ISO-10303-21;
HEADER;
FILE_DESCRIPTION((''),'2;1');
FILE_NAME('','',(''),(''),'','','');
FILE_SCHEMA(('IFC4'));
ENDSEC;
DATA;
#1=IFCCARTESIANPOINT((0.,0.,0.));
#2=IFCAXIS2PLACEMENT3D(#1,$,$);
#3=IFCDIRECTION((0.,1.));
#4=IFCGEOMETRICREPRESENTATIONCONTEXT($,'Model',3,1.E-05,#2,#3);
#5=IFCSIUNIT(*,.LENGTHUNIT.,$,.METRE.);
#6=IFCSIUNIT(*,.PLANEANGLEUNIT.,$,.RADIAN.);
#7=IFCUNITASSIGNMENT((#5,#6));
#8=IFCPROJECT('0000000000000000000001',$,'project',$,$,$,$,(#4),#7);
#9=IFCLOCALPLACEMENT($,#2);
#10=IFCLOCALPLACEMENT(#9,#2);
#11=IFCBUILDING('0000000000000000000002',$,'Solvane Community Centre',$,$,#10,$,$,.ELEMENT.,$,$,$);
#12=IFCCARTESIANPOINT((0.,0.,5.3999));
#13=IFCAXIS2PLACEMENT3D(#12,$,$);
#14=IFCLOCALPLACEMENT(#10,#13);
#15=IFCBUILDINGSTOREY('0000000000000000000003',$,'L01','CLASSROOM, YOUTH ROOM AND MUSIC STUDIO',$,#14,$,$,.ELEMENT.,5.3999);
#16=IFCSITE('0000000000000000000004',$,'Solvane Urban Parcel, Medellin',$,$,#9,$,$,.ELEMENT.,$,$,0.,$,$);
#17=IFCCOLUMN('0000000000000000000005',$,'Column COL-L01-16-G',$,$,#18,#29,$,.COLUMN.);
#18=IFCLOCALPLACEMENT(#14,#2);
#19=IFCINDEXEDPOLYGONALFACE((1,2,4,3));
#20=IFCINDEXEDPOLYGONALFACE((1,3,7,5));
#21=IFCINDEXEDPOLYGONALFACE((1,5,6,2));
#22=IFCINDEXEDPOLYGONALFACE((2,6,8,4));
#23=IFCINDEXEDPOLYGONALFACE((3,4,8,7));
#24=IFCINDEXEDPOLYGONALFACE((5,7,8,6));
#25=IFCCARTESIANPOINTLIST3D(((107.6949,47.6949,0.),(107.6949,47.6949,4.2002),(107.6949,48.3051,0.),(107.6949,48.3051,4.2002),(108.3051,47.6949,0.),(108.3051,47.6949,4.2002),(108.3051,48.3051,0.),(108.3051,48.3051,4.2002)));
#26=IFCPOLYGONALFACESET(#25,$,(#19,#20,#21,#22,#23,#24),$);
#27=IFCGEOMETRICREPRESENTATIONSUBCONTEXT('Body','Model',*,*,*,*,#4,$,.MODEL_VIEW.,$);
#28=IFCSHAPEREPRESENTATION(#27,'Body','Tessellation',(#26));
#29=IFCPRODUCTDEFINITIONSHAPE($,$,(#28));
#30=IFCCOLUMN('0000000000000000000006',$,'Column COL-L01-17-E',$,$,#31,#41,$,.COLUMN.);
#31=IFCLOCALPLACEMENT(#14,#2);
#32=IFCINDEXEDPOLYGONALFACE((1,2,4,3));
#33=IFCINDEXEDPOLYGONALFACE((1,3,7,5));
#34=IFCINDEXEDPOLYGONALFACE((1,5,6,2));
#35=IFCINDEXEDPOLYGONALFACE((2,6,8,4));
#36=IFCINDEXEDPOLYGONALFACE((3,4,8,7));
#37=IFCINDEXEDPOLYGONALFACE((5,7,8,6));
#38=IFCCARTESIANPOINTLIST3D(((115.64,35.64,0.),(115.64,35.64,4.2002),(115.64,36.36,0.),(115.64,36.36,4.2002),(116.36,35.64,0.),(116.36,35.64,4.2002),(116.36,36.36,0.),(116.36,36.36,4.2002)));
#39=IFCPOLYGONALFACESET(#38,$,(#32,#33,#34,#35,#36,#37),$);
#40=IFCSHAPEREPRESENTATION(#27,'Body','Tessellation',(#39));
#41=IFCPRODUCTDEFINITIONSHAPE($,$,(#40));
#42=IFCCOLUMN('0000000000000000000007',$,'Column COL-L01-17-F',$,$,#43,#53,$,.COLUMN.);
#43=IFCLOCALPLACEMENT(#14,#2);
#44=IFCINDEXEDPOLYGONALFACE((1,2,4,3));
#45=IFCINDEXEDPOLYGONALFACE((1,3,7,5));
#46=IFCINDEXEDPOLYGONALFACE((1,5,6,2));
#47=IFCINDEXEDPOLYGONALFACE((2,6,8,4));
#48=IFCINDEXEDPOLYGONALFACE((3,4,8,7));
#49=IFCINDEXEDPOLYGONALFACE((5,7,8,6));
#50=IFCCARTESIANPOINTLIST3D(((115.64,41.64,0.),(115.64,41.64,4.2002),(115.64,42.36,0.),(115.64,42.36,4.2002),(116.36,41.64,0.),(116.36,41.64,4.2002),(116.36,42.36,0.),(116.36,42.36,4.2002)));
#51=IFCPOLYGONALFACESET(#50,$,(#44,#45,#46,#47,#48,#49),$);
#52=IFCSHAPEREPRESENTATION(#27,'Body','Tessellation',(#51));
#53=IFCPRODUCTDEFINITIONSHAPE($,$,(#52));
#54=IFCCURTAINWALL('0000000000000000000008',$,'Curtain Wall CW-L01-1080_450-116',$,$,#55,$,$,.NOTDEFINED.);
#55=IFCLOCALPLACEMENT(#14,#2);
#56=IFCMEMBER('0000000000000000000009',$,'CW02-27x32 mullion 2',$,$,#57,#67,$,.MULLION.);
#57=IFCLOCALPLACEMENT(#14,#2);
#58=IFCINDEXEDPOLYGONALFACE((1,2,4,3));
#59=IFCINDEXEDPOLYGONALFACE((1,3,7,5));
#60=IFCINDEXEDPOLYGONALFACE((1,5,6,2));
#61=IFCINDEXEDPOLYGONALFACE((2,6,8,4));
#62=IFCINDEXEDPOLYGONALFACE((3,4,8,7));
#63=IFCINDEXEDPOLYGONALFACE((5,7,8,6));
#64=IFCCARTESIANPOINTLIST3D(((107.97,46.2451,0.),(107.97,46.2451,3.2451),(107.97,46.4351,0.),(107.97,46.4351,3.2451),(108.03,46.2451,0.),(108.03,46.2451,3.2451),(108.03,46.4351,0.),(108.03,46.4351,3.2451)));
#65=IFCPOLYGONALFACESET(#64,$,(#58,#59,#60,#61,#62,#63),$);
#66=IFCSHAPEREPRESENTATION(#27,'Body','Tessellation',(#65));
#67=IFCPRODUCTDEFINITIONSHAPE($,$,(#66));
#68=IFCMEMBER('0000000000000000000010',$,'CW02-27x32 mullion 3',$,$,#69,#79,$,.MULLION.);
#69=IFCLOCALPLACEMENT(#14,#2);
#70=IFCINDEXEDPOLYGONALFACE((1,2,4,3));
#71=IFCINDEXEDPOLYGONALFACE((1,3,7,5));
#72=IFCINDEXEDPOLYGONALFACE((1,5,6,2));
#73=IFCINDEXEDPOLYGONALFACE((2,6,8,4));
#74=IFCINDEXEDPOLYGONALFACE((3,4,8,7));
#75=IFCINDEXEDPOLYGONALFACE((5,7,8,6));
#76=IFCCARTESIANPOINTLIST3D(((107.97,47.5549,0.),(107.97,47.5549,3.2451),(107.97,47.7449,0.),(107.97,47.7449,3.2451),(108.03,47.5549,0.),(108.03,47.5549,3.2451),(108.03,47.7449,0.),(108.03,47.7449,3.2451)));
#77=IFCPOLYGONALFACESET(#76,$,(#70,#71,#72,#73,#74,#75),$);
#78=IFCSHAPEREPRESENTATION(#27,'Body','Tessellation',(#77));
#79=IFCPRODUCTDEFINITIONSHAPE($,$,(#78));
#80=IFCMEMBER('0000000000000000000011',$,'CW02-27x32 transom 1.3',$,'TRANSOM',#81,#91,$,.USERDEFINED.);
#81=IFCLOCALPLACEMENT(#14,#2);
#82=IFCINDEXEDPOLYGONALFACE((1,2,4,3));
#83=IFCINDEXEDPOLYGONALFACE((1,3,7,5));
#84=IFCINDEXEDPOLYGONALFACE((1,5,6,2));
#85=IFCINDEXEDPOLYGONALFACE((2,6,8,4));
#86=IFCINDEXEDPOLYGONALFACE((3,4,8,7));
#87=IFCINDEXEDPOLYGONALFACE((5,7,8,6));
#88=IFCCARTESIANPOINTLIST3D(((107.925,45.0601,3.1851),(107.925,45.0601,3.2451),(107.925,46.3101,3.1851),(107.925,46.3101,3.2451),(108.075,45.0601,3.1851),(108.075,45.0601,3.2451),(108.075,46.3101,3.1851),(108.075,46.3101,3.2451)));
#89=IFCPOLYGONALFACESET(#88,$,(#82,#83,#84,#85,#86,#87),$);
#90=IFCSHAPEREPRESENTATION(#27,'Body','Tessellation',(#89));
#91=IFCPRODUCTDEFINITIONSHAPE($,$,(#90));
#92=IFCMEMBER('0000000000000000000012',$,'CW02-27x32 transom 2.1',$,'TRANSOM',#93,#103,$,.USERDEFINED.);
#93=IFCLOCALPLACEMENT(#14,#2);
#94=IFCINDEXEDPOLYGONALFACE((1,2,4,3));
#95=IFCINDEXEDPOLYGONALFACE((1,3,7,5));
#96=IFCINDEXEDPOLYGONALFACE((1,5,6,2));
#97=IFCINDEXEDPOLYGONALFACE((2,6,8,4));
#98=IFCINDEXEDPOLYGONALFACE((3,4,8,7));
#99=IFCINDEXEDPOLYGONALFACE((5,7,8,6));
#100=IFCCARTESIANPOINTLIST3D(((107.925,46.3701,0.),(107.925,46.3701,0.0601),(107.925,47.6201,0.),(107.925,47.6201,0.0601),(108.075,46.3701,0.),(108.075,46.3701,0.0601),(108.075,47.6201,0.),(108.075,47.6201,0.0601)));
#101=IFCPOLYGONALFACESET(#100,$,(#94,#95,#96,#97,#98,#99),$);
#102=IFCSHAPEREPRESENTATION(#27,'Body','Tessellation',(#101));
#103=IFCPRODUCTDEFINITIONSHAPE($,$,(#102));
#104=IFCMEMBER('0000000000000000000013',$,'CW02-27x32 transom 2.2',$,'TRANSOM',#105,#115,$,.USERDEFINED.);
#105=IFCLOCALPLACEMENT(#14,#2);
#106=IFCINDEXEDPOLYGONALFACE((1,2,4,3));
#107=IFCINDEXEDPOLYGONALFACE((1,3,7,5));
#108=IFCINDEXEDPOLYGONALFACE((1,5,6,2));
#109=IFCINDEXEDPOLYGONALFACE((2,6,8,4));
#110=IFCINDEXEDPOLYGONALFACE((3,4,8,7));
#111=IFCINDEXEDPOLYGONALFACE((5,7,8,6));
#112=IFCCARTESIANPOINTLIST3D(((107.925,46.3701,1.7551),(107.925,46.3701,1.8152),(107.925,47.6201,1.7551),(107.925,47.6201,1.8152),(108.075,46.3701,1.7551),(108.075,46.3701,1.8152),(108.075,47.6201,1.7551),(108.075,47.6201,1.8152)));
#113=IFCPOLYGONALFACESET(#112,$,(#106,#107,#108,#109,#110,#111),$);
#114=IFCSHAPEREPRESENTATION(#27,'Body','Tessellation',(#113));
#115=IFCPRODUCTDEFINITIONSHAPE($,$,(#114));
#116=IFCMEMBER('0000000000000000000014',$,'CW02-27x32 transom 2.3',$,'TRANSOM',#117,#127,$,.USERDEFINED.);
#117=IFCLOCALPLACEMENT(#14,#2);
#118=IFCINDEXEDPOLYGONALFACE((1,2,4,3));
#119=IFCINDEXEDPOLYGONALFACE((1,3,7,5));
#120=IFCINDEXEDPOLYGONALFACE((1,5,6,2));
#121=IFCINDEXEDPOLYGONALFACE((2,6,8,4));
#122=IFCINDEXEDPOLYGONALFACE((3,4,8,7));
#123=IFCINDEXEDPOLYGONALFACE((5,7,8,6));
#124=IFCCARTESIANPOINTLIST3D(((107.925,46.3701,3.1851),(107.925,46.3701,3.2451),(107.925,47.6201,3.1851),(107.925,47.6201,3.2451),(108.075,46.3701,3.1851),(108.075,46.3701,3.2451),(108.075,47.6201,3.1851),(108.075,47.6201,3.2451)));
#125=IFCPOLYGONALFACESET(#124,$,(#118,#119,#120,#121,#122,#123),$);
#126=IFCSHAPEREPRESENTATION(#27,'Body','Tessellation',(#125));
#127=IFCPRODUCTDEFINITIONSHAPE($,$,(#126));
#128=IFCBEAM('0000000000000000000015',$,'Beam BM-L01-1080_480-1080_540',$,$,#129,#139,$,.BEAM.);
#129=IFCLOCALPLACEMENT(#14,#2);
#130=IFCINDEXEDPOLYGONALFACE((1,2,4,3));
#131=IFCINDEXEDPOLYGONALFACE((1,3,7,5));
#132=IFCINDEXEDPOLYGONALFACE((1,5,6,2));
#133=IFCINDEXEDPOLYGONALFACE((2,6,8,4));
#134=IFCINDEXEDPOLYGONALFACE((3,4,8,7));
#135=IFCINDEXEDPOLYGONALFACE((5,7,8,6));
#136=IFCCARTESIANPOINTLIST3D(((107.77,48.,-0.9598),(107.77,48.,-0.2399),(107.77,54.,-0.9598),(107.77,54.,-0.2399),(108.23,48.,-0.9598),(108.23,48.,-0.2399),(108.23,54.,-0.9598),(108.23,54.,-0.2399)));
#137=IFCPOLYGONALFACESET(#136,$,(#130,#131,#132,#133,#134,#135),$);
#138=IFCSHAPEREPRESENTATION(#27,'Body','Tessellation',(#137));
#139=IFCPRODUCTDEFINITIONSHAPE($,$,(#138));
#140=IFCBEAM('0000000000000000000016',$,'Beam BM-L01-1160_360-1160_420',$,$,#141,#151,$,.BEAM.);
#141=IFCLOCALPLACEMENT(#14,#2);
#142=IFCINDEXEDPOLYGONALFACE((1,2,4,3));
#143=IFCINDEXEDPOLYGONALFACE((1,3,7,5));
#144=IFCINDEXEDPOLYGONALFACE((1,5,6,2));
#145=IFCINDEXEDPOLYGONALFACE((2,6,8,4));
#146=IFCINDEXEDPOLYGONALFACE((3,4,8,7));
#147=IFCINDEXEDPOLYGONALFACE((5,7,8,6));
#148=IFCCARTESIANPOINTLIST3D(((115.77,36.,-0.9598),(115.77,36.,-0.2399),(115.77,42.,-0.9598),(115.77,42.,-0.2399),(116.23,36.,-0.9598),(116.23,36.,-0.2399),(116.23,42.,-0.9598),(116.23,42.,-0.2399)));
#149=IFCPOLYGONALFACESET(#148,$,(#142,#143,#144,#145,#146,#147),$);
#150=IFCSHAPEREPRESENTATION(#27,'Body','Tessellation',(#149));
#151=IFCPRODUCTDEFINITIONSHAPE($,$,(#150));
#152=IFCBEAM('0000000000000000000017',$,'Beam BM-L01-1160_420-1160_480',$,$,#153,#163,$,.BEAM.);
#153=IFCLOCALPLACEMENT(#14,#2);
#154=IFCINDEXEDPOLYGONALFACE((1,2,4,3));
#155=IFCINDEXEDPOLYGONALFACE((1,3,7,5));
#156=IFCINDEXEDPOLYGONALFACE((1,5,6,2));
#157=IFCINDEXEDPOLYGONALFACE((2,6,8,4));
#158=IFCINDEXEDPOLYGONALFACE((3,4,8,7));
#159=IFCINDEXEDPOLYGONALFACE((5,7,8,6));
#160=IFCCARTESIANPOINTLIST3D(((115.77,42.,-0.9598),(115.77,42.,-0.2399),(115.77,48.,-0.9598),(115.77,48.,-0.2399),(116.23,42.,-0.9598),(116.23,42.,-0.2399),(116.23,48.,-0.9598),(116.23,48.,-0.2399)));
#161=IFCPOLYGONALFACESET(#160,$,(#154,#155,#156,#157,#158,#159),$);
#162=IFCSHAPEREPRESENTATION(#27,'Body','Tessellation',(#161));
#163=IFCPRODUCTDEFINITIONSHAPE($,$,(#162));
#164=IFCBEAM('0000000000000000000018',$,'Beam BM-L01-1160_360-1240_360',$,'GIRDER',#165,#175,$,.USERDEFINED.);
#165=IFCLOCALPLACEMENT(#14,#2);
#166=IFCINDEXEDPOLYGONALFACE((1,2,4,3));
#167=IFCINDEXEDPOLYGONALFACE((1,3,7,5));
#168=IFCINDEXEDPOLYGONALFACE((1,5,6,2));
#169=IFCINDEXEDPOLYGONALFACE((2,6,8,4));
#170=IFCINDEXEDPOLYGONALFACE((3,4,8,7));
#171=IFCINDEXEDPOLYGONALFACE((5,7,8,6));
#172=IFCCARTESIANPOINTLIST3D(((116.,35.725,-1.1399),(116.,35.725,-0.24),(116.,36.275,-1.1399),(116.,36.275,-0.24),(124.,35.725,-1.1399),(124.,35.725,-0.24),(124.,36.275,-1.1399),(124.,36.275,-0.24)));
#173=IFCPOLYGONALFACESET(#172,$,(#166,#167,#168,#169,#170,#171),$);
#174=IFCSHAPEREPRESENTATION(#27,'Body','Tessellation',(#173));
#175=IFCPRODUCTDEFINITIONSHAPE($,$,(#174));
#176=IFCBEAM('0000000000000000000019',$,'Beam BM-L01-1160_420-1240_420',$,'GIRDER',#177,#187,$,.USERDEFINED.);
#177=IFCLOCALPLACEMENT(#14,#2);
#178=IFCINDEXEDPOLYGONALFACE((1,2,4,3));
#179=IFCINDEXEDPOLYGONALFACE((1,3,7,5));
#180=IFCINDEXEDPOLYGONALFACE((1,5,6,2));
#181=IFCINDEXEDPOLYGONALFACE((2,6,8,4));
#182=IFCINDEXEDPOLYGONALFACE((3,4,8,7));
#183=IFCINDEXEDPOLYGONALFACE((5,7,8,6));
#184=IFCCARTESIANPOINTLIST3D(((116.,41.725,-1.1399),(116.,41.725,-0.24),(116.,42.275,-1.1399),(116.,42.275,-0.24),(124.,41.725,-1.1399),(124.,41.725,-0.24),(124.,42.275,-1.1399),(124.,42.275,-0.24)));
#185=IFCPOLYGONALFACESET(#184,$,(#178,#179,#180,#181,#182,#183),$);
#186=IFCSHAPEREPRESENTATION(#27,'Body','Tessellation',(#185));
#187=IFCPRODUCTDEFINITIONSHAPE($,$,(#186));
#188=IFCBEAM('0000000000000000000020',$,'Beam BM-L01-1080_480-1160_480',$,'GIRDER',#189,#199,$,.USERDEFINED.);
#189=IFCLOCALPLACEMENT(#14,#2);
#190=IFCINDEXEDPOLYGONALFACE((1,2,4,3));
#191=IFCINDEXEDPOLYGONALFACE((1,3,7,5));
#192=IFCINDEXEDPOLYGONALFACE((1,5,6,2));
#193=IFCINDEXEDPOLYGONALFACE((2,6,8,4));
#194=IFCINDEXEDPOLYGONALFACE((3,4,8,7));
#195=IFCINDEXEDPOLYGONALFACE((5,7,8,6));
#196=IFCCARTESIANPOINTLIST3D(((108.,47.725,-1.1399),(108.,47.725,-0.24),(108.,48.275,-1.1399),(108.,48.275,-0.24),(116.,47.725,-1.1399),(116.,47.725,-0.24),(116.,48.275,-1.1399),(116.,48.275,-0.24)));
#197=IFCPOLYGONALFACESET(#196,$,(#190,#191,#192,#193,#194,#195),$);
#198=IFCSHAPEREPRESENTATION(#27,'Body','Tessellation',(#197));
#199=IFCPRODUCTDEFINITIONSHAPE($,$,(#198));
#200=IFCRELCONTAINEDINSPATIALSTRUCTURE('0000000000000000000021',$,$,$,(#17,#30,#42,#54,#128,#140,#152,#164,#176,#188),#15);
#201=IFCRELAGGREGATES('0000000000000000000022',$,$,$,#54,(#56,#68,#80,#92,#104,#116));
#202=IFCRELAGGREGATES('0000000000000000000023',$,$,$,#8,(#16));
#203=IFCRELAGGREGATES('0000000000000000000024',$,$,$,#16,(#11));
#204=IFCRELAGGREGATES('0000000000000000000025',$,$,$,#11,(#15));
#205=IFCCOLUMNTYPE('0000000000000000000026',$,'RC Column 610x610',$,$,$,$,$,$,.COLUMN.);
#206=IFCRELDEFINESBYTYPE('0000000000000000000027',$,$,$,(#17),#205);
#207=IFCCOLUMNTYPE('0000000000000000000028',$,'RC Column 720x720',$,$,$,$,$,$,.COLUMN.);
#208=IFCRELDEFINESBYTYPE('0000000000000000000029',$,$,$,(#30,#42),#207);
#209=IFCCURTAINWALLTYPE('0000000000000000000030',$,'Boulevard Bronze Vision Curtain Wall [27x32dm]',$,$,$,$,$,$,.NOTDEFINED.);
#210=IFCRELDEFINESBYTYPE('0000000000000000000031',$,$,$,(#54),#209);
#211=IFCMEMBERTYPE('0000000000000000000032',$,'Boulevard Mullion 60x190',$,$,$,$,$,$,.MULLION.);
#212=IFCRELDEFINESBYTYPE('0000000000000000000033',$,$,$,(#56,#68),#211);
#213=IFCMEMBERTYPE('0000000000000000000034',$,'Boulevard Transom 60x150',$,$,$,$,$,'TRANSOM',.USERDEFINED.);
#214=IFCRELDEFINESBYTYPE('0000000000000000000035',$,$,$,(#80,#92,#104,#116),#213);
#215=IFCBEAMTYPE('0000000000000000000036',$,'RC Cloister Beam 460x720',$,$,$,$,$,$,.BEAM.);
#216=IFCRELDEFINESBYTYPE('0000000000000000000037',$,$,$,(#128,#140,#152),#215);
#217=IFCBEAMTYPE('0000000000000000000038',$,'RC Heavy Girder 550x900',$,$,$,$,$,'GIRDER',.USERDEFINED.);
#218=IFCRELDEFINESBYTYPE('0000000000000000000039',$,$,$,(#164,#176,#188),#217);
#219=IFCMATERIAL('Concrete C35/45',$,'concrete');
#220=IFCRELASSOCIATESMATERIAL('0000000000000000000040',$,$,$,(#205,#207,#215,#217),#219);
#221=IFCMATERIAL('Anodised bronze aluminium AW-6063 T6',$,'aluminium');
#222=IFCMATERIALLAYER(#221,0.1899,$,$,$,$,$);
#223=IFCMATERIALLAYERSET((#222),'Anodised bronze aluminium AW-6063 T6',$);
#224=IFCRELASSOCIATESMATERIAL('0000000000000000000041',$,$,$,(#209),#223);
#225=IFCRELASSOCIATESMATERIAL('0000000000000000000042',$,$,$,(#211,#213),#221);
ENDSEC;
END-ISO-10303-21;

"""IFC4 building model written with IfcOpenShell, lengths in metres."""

from ifc_helpers import new_model, si_unit, direction, frame, origin, origin_2d, place, context, subcontext, project, spatial, rectangle, extrude, material, layer, layer_set, material_profile, profile_set, type_object, element, aggregate, save


model = new_model("IFC4")

# Units and contexts
model_context = context("Model", 3, precision=1e-05, world=origin(), true_north=direction((0.0, 1.0)))
body_context = subcontext(model_context, "Body", "Model", "MODEL_VIEW")
ifc_project = project(units=[si_unit("LENGTHUNIT", "METRE"), si_unit("PLANEANGLEUNIT", "RADIAN")], contexts=[model_context])

# Site, building, storey
site_placement = place(None, origin())
site = spatial("IfcSite", under=ifc_project, at=site_placement, Name="Solvane Urban Parcel, Medellin", CompositionType="ELEMENT", RefElevation=0.0)
building_placement = place(site_placement, origin())
building = spatial("IfcBuilding", under=site, at=building_placement, Name="Solvane Community Centre", CompositionType="ELEMENT")
storey_placement = place(building_placement, frame((0.0, 0.0, 5.3999)))
storey = spatial("IfcBuildingStorey", under=building, at=storey_placement, Name="L01", Description="CLASSROOM, YOUTH ROOM AND MUSIC STUDIO", CompositionType="ELEMENT", Elevation=5.3999)

# Columns
ifc_material_1 = material(Name="Concrete C35/45", Category="concrete")
ifc_material_profile_1 = material_profile(ifc_material_1, rectangle(XDim=0.6101, YDim=0.6101, at=origin_2d()), Name="RC 610x610")
ifc_profile_set_1 = profile_set([ifc_material_profile_1], Name="Concrete C35/45")
column_type_1 = type_object("IfcColumnType", Name="RC Column 610x610", PredefinedType="COLUMN", material=ifc_profile_set_1)
column_placement = place(storey_placement, frame((108.0, 48.0, 0.0), z_axis=(0.0, 0.0, 1.0), x_axis=(1.0, 0.0, 0.0)))
element("IfcColumn", 1, at=column_placement, inside=storey, type_object=column_type_1, Name="Column COL-L01-16-G", PredefinedType="COLUMN", context=body_context, shape_type="SweptSolid", body=[
    extrude(rectangle(XDim=0.6101, YDim=0.6101, at=origin_2d()), origin(), (0.0, 0.0, 1.0), 4.2002),
])
ifc_material_profile_2 = material_profile(ifc_material_1, rectangle(XDim=0.72, YDim=0.72, at=origin_2d()), Name="RC 720x720")
ifc_profile_set_2 = profile_set([ifc_material_profile_2], Name="Concrete C35/45")
column_type_2 = type_object("IfcColumnType", Name="RC Column 720x720", PredefinedType="COLUMN", material=ifc_profile_set_2)
for number, where, z_axis, x_axis, name in (
    (2, (116.0, 36.0, 0.0), (0.0, 0.0, 1.0), (1.0, 0.0, 0.0), "Column COL-L01-17-E"),
    (3, (116.0, 42.0, 0.0), (0.0, 0.0, 1.0), (1.0, 0.0, 0.0), "Column COL-L01-17-F"),
):
    element("IfcColumn", number, at=place(storey_placement, frame(where, z_axis=z_axis, x_axis=x_axis)), inside=storey, type_object=column_type_2, Name=name, PredefinedType="COLUMN", context=body_context, shape_type="SweptSolid", body=[
        extrude(rectangle(XDim=0.72, YDim=0.72, at=origin_2d()), origin(), (0.0, 0.0, 1.0), 4.2002),
    ])

# Curtain wall, members
ifc_material_2 = material(Name="Anodised bronze aluminium AW-6063 T6", Category="aluminium")
ifc_layer_1 = layer(ifc_material_2, 0.1899)
ifc_layer_set_1 = layer_set([ifc_layer_1], Name="Anodised bronze aluminium AW-6063 T6")
curtain_wall_type = type_object("IfcCurtainWallType", Name="Boulevard Bronze Vision Curtain Wall [27x32dm]", PredefinedType="NOTDEFINED", material=ifc_layer_set_1)
curtain_wall_placement = place(storey_placement, origin())
curtain_wall = element("IfcCurtainWall", 4, at=curtain_wall_placement, inside=storey, type_object=curtain_wall_type, Name="Curtain Wall CW-L01-1080_450-116", PredefinedType="NOTDEFINED")
ifc_material_profile_3 = material_profile(ifc_material_2, rectangle(XDim=0.0601, YDim=0.1899, at=origin_2d()), Name="CW-M 60x190")
ifc_profile_set_3 = profile_set([ifc_material_profile_3], Name="Anodised bronze aluminium AW-6063 T6")
member_type_1 = type_object("IfcMemberType", Name="Boulevard Mullion 60x190", PredefinedType="MULLION", material=ifc_profile_set_3)
member_1_placement = place(storey_placement, frame((108.0, 46.3401, 0.0), z_axis=(0.0, 0.0, 1.0), x_axis=(-1.0, 0.0, 0.0)))
member_1 = element("IfcMember", 5, at=member_1_placement, type_object=member_type_1, Name="CW02-27x32 mullion 2", PredefinedType="MULLION", context=body_context, shape_type="SweptSolid", body=[
    extrude(rectangle(XDim=0.0601, YDim=0.1899, at=origin_2d()), origin(), (0.0, 0.0, 1.0), 3.2451),
])
member_2_placement = place(storey_placement, frame((108.0, 47.6499, 0.0), z_axis=(0.0, 0.0, 1.0), x_axis=(-1.0, 0.0, 0.0)))
member_2 = element("IfcMember", 6, at=member_2_placement, type_object=member_type_1, Name="CW02-27x32 mullion 3", PredefinedType="MULLION", context=body_context, shape_type="SweptSolid", body=[
    extrude(rectangle(XDim=0.0601, YDim=0.1899, at=origin_2d()), origin(), (0.0, 0.0, 1.0), 3.2451),
])
ifc_material_profile_4 = material_profile(ifc_material_2, rectangle(XDim=0.1499, YDim=0.0601, at=origin_2d()), Name="CW-T 60x150")
ifc_profile_set_4 = profile_set([ifc_material_profile_4], Name="Anodised bronze aluminium AW-6063 T6")
member_type_2 = type_object("IfcMemberType", Name="Boulevard Transom 60x150", ElementType="TRANSOM", PredefinedType="USERDEFINED", material=ifc_profile_set_4)
member_3_placement = place(storey_placement, frame((108.0, 45.0601, 3.2151), z_axis=(0.0, 1.0, 0.0), x_axis=(-1.0, 0.0, 0.0)))
member_3 = element("IfcMember", 7, at=member_3_placement, type_object=member_type_2, Name="CW02-27x32 transom 1.3", ObjectType="TRANSOM", PredefinedType="USERDEFINED", context=body_context, shape_type="SweptSolid", body=[
    extrude(rectangle(XDim=0.1499, YDim=0.0601, at=origin_2d()), origin(), (0.0, 0.0, 1.0), 1.25),
])
member_4_placement = place(storey_placement, frame((108.0, 46.3701, 0.03), z_axis=(0.0, 1.0, 0.0), x_axis=(-1.0, 0.0, 0.0)))
member_4 = element("IfcMember", 8, at=member_4_placement, type_object=member_type_2, Name="CW02-27x32 transom 2.1", ObjectType="TRANSOM", PredefinedType="USERDEFINED", context=body_context, shape_type="SweptSolid", body=[
    extrude(rectangle(XDim=0.1499, YDim=0.0601, at=origin_2d()), origin(), (0.0, 0.0, 1.0), 1.25),
])
member_5_placement = place(storey_placement, frame((108.0, 46.3701, 1.7852), z_axis=(0.0, 1.0, 0.0), x_axis=(-1.0, 0.0, 0.0)))
member_5 = element("IfcMember", 9, at=member_5_placement, type_object=member_type_2, Name="CW02-27x32 transom 2.2", ObjectType="TRANSOM", PredefinedType="USERDEFINED", context=body_context, shape_type="SweptSolid", body=[
    extrude(rectangle(XDim=0.1499, YDim=0.0601, at=origin_2d()), origin(), (0.0, 0.0, 1.0), 1.25),
])
member_6_placement = place(storey_placement, frame((108.0, 46.3701, 3.2151), z_axis=(0.0, 1.0, 0.0), x_axis=(-1.0, 0.0, 0.0)))
member_6 = element("IfcMember", 10, at=member_6_placement, type_object=member_type_2, Name="CW02-27x32 transom 2.3", ObjectType="TRANSOM", PredefinedType="USERDEFINED", context=body_context, shape_type="SweptSolid", body=[
    extrude(rectangle(XDim=0.1499, YDim=0.0601, at=origin_2d()), origin(), (0.0, 0.0, 1.0), 1.25),
])

# Beams
ifc_material_profile_5 = material_profile(ifc_material_1, rectangle(XDim=0.46, YDim=0.72, at=origin_2d()), Name="RC 460x720")
ifc_profile_set_5 = profile_set([ifc_material_profile_5], Name="Concrete C35/45")
beam_type_1 = type_object("IfcBeamType", Name="RC Cloister Beam 460x720", PredefinedType="BEAM", material=ifc_profile_set_5)
for number, where, z_axis, x_axis, name in (
    (11, (108.0, 48.0, -0.5999), (0.0, 1.0, 0.0), (-1.0, 0.0, 0.0), "Beam BM-L01-1080_480-1080_540"),
    (12, (116.0, 36.0, -0.5999), (0.0, 1.0, 0.0), (-1.0, 0.0, 0.0), "Beam BM-L01-1160_360-1160_420"),
    (13, (116.0, 42.0, -0.5999), (0.0, 1.0, 0.0), (-1.0, 0.0, 0.0), "Beam BM-L01-1160_420-1160_480"),
):
    element("IfcBeam", number, at=place(storey_placement, frame(where, z_axis=z_axis, x_axis=x_axis)), inside=storey, type_object=beam_type_1, Name=name, PredefinedType="BEAM", context=body_context, shape_type="SweptSolid", body=[
        extrude(rectangle(XDim=0.46, YDim=0.72, at=origin_2d()), origin(), (0.0, 0.0, 1.0), 6.0),
    ])
ifc_material_profile_6 = material_profile(ifc_material_1, rectangle(XDim=0.55, YDim=0.8999, at=origin_2d()), Name="RC 550x900")
ifc_profile_set_6 = profile_set([ifc_material_profile_6], Name="Concrete C35/45")
beam_type_2 = type_object("IfcBeamType", Name="RC Heavy Girder 550x900", ElementType="GIRDER", PredefinedType="USERDEFINED", material=ifc_profile_set_6)
for number, where, z_axis, x_axis, name in (
    (14, (116.0, 36.0, -0.6899), (1.0, 0.0, 0.0), (0.0, 1.0, 0.0), "Beam BM-L01-1160_360-1240_360"),
    (15, (116.0, 42.0, -0.6899), (1.0, 0.0, 0.0), (0.0, 1.0, 0.0), "Beam BM-L01-1160_420-1240_420"),
    (16, (108.0, 48.0, -0.6899), (1.0, 0.0, 0.0), (0.0, 1.0, 0.0), "Beam BM-L01-1080_480-1160_480"),
):
    element("IfcBeam", number, at=place(storey_placement, frame(where, z_axis=z_axis, x_axis=x_axis)), inside=storey, type_object=beam_type_2, Name=name, ObjectType="GIRDER", PredefinedType="USERDEFINED", context=body_context, shape_type="SweptSolid", body=[
        extrude(rectangle(XDim=0.55, YDim=0.8999, at=origin_2d()), origin(), (0.0, 0.0, 1.0), 8.0),
    ])

aggregate(curtain_wall, [member_1, member_2, member_3, member_4, member_5, member_6])

save(model, "model.ifc")
